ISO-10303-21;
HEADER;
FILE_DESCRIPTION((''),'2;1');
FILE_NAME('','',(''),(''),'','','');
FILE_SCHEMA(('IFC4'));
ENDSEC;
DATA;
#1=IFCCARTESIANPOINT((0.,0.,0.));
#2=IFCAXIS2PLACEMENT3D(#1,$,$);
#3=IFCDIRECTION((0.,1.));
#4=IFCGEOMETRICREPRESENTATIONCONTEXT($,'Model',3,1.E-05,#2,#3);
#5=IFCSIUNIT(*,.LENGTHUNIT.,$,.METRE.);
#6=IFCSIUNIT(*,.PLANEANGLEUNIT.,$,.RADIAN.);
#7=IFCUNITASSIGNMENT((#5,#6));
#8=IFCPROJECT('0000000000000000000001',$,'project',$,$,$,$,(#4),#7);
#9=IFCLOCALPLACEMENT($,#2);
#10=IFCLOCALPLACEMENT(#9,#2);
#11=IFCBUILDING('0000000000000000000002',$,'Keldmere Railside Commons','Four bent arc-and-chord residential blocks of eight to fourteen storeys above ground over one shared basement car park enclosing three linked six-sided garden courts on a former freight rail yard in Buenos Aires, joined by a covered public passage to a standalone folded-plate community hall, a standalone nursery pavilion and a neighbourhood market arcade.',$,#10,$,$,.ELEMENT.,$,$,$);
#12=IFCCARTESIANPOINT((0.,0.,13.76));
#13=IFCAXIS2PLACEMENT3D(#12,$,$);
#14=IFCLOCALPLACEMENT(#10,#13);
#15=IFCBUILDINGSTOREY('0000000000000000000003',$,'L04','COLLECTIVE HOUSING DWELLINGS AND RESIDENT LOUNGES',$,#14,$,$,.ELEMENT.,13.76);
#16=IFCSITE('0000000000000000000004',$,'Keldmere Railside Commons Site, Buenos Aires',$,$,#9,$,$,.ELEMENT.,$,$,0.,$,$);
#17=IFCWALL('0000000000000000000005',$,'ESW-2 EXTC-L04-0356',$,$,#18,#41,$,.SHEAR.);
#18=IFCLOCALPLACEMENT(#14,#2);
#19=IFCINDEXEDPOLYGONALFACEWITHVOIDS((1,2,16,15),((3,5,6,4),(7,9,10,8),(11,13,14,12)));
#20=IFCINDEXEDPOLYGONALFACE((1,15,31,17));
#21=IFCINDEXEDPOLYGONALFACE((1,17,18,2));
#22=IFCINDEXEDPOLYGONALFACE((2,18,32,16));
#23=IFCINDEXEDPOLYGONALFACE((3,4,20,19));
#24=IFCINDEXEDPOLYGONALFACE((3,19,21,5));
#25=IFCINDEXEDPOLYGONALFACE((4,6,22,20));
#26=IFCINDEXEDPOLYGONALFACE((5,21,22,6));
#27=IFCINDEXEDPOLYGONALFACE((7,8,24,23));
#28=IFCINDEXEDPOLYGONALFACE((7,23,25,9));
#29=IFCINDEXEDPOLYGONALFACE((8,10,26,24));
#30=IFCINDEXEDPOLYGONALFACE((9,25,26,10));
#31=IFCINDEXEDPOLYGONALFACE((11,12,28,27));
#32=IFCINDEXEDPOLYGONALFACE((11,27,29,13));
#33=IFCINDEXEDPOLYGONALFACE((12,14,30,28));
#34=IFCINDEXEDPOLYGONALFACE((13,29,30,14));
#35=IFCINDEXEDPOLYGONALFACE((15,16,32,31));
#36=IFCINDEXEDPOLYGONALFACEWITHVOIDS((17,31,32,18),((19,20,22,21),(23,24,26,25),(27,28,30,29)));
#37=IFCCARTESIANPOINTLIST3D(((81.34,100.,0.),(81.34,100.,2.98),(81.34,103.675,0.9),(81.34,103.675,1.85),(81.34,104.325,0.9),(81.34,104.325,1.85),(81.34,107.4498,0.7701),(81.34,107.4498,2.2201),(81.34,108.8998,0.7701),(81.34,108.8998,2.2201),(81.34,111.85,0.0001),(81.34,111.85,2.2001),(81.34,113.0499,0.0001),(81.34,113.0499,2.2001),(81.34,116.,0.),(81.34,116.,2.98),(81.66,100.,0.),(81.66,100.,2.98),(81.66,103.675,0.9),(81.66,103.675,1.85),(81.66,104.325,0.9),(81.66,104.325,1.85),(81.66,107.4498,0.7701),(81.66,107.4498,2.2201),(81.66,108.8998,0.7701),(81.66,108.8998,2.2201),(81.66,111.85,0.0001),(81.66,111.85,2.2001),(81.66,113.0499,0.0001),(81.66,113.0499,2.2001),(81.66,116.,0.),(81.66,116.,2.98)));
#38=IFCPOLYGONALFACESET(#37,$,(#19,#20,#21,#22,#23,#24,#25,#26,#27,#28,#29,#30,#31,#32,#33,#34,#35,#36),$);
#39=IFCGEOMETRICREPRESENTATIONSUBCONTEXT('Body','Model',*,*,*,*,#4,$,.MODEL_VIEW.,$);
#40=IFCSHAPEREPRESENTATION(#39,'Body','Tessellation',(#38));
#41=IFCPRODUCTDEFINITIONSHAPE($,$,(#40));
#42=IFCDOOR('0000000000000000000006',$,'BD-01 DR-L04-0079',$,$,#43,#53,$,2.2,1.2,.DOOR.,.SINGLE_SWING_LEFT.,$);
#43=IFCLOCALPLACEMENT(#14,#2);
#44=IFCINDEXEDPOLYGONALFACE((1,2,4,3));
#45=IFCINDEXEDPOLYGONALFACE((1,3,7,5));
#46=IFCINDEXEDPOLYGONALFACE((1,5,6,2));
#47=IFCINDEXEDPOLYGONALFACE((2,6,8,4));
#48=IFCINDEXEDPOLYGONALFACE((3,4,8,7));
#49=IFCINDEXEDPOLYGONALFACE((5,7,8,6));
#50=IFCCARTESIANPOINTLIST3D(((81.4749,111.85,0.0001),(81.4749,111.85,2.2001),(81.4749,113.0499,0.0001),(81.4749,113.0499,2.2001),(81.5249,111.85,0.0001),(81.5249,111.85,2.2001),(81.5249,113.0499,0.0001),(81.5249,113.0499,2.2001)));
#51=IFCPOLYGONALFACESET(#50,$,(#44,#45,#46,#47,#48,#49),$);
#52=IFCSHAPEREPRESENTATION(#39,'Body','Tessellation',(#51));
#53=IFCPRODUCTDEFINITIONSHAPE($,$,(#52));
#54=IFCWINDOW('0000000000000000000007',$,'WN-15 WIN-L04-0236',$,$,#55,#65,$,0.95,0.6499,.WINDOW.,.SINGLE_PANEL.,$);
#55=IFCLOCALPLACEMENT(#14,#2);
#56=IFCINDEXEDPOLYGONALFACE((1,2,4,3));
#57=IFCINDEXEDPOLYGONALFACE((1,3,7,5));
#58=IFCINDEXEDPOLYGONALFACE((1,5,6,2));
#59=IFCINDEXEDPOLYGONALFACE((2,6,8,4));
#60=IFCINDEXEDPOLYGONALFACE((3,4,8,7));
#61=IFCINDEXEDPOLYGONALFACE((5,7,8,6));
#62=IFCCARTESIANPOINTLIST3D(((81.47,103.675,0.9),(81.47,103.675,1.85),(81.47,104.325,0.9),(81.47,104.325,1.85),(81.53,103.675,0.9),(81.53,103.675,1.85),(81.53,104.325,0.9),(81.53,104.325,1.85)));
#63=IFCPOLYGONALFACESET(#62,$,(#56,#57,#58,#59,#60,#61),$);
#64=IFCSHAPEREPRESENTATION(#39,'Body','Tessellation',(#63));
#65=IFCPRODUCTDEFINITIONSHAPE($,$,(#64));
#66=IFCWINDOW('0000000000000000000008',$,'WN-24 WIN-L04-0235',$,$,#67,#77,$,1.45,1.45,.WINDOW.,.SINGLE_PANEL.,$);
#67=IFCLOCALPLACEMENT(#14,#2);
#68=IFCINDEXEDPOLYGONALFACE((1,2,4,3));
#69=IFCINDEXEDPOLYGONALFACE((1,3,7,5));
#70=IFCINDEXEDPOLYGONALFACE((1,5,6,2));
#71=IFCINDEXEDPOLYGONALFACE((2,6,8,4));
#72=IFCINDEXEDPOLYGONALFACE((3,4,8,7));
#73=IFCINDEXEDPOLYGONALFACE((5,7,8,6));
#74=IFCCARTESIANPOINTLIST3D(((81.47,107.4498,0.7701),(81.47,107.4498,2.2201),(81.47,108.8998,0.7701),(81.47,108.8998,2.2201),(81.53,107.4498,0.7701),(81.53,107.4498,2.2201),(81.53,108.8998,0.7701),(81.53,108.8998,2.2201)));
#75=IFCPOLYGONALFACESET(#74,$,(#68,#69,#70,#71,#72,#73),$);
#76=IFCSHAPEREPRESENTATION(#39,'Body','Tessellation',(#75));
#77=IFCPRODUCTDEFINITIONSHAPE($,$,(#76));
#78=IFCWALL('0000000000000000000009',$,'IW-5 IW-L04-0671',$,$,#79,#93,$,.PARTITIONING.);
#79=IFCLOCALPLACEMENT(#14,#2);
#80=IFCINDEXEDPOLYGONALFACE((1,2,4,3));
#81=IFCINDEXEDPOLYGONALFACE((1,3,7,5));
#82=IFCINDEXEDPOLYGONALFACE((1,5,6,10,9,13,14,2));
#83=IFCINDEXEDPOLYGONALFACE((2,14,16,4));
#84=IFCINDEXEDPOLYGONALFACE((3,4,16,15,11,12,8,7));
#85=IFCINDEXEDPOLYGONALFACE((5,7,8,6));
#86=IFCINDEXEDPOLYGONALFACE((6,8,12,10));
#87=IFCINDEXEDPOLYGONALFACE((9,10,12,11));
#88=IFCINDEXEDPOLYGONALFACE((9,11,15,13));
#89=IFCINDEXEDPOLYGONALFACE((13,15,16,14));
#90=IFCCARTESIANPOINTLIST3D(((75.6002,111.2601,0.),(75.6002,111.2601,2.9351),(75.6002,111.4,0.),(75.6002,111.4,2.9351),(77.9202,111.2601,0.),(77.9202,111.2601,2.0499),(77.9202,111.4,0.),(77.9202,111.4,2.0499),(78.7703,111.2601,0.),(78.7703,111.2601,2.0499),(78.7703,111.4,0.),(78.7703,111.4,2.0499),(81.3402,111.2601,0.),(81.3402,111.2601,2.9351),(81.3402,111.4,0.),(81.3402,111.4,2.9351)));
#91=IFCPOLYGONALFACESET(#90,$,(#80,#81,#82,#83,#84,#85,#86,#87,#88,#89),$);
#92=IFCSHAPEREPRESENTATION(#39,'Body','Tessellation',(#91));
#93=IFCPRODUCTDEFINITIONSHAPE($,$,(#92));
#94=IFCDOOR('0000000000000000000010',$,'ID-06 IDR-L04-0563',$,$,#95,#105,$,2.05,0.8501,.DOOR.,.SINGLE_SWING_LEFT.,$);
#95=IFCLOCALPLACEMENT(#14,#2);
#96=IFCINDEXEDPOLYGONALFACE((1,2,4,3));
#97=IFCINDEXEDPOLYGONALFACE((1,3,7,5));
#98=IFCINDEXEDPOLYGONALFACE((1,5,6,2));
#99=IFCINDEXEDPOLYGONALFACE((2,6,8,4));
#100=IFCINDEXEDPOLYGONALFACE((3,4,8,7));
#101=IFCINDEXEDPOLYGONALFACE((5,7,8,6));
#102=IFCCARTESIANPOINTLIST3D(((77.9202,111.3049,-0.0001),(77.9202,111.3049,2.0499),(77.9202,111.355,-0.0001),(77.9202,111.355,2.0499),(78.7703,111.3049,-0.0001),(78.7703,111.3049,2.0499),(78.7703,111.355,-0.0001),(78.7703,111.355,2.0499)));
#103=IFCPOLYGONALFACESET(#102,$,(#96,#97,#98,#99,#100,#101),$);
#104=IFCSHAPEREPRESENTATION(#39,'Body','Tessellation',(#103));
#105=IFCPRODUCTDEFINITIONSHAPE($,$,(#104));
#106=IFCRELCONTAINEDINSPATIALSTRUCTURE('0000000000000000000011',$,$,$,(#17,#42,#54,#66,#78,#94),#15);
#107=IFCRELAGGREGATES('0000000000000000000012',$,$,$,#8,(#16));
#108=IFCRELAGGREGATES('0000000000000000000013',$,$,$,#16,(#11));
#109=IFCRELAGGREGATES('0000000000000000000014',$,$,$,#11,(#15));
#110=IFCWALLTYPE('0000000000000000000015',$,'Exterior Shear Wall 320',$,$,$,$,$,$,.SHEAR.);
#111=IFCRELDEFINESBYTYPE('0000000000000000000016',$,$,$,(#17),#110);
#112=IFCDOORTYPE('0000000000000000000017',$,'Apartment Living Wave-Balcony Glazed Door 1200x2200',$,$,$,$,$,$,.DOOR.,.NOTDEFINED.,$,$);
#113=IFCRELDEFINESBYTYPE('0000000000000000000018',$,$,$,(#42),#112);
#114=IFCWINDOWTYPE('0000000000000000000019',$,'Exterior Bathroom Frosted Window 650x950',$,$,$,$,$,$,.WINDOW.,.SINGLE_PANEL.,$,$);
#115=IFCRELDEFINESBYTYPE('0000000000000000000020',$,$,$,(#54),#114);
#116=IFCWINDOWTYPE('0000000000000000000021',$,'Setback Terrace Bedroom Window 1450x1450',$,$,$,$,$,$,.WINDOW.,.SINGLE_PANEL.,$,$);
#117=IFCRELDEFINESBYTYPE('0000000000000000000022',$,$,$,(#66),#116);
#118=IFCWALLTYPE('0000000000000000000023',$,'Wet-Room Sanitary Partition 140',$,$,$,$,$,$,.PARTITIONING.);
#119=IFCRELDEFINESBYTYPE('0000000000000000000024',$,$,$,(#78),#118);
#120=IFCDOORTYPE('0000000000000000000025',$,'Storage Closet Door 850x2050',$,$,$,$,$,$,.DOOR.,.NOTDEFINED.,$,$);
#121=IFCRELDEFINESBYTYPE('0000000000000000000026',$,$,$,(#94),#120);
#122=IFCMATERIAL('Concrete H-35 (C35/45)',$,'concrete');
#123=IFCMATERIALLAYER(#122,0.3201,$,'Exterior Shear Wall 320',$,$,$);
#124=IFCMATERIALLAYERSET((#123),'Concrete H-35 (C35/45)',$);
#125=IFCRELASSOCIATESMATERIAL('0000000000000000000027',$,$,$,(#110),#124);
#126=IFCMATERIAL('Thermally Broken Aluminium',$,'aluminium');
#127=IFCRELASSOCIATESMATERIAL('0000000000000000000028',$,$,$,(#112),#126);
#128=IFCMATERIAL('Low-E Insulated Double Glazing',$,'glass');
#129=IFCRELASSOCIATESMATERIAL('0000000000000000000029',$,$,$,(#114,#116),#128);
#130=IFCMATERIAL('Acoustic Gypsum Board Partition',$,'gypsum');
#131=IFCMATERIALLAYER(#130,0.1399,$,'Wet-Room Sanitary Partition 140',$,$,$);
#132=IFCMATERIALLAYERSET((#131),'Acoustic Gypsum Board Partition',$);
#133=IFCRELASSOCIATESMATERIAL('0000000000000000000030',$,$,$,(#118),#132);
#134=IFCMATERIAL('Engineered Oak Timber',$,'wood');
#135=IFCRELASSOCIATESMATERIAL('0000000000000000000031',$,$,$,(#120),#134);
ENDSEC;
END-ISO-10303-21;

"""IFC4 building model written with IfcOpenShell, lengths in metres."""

from ifc_helpers import new_model, si_unit, direction, frame, frame_2d, origin, place, context, subcontext, project, spatial, rectangle, extrude, material, layer, layer_set, type_object, element, fill, save


model = new_model("IFC4")

# Units and contexts
model_context = context("Model", 3, precision=1e-05, world=origin(), true_north=direction((0.0, 1.0)))
body_context = subcontext(model_context, "Body", "Model", "MODEL_VIEW")
ifc_project = project(units=[si_unit("LENGTHUNIT", "METRE"), si_unit("PLANEANGLEUNIT", "RADIAN")], contexts=[model_context])

# Site, building, storey
site_placement = place(None, origin())
site = spatial("IfcSite", under=ifc_project, at=site_placement, Name="Keldmere Railside Commons Site, Buenos Aires", CompositionType="ELEMENT", RefElevation=0.0)
building_placement = place(site_placement, origin())
building = spatial("IfcBuilding", under=site, at=building_placement, Name="Keldmere Railside Commons", Description="Four bent arc-and-chord residential blocks of eight to fourteen storeys above ground over one shared basement car park enclosing three linked six-sided garden courts on a former freight rail yard in Buenos Aires, joined by a covered public passage to a standalone folded-plate community hall, a standalone nursery pavilion and a neighbourhood market arcade.", CompositionType="ELEMENT")
storey_placement = place(building_placement, frame((0.0, 0.0, 13.76)))
storey = spatial("IfcBuildingStorey", under=building, at=storey_placement, Name="L04", Description="COLLECTIVE HOUSING DWELLINGS AND RESIDENT LOUNGES", CompositionType="ELEMENT", Elevation=13.76)

# Shared definitions
ifc_material_1 = material(Name="Concrete H-35 (C35/45)", Category="concrete")

# Shared definitions
ifc_material_2 = material(Name="Acoustic Gypsum Board Partition", Category="gypsum")
ifc_material_3 = material(Name="Engineered Oak Timber", Category="wood")

# Wall, openings, door, windows
ifc_layer_1 = layer(ifc_material_1, 0.3201, Name="Exterior Shear Wall 320")
ifc_layer_set_1 = layer_set([ifc_layer_1], Name="Concrete H-35 (C35/45)")
wall_type_1 = type_object("IfcWallType", Name="Exterior Shear Wall 320", PredefinedType="SHEAR", material=ifc_layer_set_1)
wall_1_placement = place(storey_placement, frame((81.5, 116.0, 0.0), z_axis=(0.0, 0.0, 1.0), x_axis=(0.0, -1.0, 0.0)))
wall_1 = element("IfcWall", 1, at=wall_1_placement, inside=storey, type_object=wall_type_1, Name="ESW-2 EXTC-L04-0356", PredefinedType="SHEAR", context=body_context, shape_type="SweptSolid", body=[
    extrude(rectangle(XDim=16.0, YDim=0.3201, at=frame_2d((8.0, 0.0))), origin(), (0.0, 0.0, 1.0), 2.98),
])
opening_1_placement = place(wall_1_placement, frame((2.95, 0.0, 0.0)))
opening_1 = element("IfcOpeningElement", 2, at=opening_1_placement, cuts=wall_1, PredefinedType="OPENING", context=body_context, shape_type="SweptSolid", body=[
    extrude(rectangle(XDim=1.2, YDim=2.2, at=frame_2d((0.6001, 1.1001))), frame((0.0, 0.1699, 0.0), z_axis=(0.0, -1.0, 0.0), x_axis=(1.0, 0.0, 0.0)), (0.0, 0.0, 1.0), 0.3401),
])
opening_2_placement = place(wall_1_placement, frame((7.1001, 0.0, 0.77)))
opening_2 = element("IfcOpeningElement", 3, at=opening_2_placement, cuts=wall_1, PredefinedType="OPENING", context=body_context, shape_type="SweptSolid", body=[
    extrude(rectangle(XDim=1.45, YDim=1.45, at=frame_2d((0.7251, 0.7251))), frame((0.0, 0.1699, 0.0), z_axis=(0.0, -1.0, 0.0), x_axis=(1.0, 0.0, 0.0)), (0.0, 0.0, 1.0), 0.3401),
])
opening_3_placement = place(wall_1_placement, frame((11.675, 0.0, 0.8999)))
opening_3 = element("IfcOpeningElement", 4, at=opening_3_placement, cuts=wall_1, PredefinedType="OPENING", context=body_context, shape_type="SweptSolid", body=[
    extrude(rectangle(XDim=0.6499, YDim=0.95, at=frame_2d((0.325, 0.4751))), frame((0.0, 0.1699, 0.0), z_axis=(0.0, -1.0, 0.0), x_axis=(1.0, 0.0, 0.0)), (0.0, 0.0, 1.0), 0.3401),
])
ifc_material_4 = material(Name="Thermally Broken Aluminium", Category="aluminium")
door_type_1 = type_object("IfcDoorType", Name="Apartment Living Wave-Balcony Glazed Door 1200x2200", OperationType="NOTDEFINED", PredefinedType="DOOR", material=ifc_material_4)
door_1_placement = place(opening_1_placement, origin())
door_1 = element("IfcDoor", 5, at=door_1_placement, inside=storey, type_object=door_type_1, Name="BD-01 DR-L04-0079", OperationType="SINGLE_SWING_LEFT", OverallHeight=2.2, OverallWidth=1.2, PredefinedType="DOOR", context=body_context, shape_type="SweptSolid", body=[
    extrude(rectangle(XDim=1.2, YDim=2.2, at=frame_2d((0.6001, 1.1001))), frame((0.0, 0.0249, 0.0), z_axis=(0.0, -1.0, 0.0), x_axis=(1.0, 0.0, 0.0)), (0.0, 0.0, 1.0), 0.05),
])
fill(opening_1, door_1)
ifc_material_5 = material(Name="Low-E Insulated Double Glazing", Category="glass")
window_type_1 = type_object("IfcWindowType", Name="Exterior Bathroom Frosted Window 650x950", PartitioningType="SINGLE_PANEL", PredefinedType="WINDOW", material=ifc_material_5)
window_1_placement = place(opening_3_placement, origin())
window_1 = element("IfcWindow", 6, at=window_1_placement, inside=storey, type_object=window_type_1, Name="WN-15 WIN-L04-0236", OverallHeight=0.95, OverallWidth=0.6499, PartitioningType="SINGLE_PANEL", PredefinedType="WINDOW", context=body_context, shape_type="SweptSolid", body=[
    extrude(rectangle(XDim=0.6499, YDim=0.95, at=frame_2d((0.325, 0.4751))), frame((0.0, 0.03, 0.0), z_axis=(0.0, -1.0, 0.0), x_axis=(1.0, 0.0, 0.0)), (0.0, 0.0, 1.0), 0.0601),
])
fill(opening_3, window_1)
window_type_2 = type_object("IfcWindowType", Name="Setback Terrace Bedroom Window 1450x1450", PartitioningType="SINGLE_PANEL", PredefinedType="WINDOW", material=ifc_material_5)
window_2_placement = place(opening_2_placement, origin())
window_2 = element("IfcWindow", 7, at=window_2_placement, inside=storey, type_object=window_type_2, Name="WN-24 WIN-L04-0235", OverallHeight=1.45, OverallWidth=1.45, PartitioningType="SINGLE_PANEL", PredefinedType="WINDOW", context=body_context, shape_type="SweptSolid", body=[
    extrude(rectangle(XDim=1.45, YDim=1.45, at=frame_2d((0.7251, 0.7251))), frame((0.0, 0.03, 0.0), z_axis=(0.0, -1.0, 0.0), x_axis=(1.0, 0.0, 0.0)), (0.0, 0.0, 1.0), 0.0601),
])
fill(opening_2, window_2)

# Wall, opening, door
ifc_layer_2 = layer(ifc_material_2, 0.1399, Name="Wet-Room Sanitary Partition 140")
ifc_layer_set_2 = layer_set([ifc_layer_2], Name="Acoustic Gypsum Board Partition")
wall_type_2 = type_object("IfcWallType", Name="Wet-Room Sanitary Partition 140", PredefinedType="PARTITIONING", material=ifc_layer_set_2)
wall_2_placement = place(storey_placement, frame((75.6001, 111.3301, 0.0), z_axis=(0.0, 0.0, 1.0), x_axis=(1.0, 0.0, 0.0)))
wall_2 = element("IfcWall", 8, at=wall_2_placement, inside=storey, type_object=wall_type_2, Name="IW-5 IW-L04-0671", PredefinedType="PARTITIONING", context=body_context, shape_type="SweptSolid", body=[
    extrude(rectangle(XDim=5.74, YDim=0.1399, at=frame_2d((2.8701, 0.0))), origin(), (0.0, 0.0, 1.0), 2.9351),
])
opening_4_placement = place(wall_2_placement, frame((2.3201, 0.0, 0.0)))
opening_4 = element("IfcOpeningElement", 9, at=opening_4_placement, cuts=wall_2, PredefinedType="OPENING", context=body_context, shape_type="SweptSolid", body=[
    extrude(rectangle(XDim=0.8501, YDim=2.05, at=frame_2d((0.425, 1.0249))), frame((0.0, 0.0798, 0.0), z_axis=(0.0, -1.0, 0.0), x_axis=(1.0, 0.0, 0.0)), (0.0, 0.0, 1.0), 0.1599),
])
door_type_2 = type_object("IfcDoorType", Name="Storage Closet Door 850x2050", OperationType="NOTDEFINED", PredefinedType="DOOR", material=ifc_material_3)
door_2_placement = place(opening_4_placement, origin())
door_2 = element("IfcDoor", 10, at=door_2_placement, inside=storey, type_object=door_type_2, Name="ID-06 IDR-L04-0563", OperationType="SINGLE_SWING_LEFT", OverallHeight=2.05, OverallWidth=0.8501, PredefinedType="DOOR", context=body_context, shape_type="SweptSolid", body=[
    extrude(rectangle(XDim=0.8501, YDim=2.05, at=frame_2d((0.425, 1.0249))), frame((0.0, 0.0249, 0.0), z_axis=(0.0, -1.0, 0.0), x_axis=(1.0, 0.0, 0.0)), (0.0, 0.0, 1.0), 0.05),
])
fill(opening_4, door_2)

save(model, "model.ifc")
